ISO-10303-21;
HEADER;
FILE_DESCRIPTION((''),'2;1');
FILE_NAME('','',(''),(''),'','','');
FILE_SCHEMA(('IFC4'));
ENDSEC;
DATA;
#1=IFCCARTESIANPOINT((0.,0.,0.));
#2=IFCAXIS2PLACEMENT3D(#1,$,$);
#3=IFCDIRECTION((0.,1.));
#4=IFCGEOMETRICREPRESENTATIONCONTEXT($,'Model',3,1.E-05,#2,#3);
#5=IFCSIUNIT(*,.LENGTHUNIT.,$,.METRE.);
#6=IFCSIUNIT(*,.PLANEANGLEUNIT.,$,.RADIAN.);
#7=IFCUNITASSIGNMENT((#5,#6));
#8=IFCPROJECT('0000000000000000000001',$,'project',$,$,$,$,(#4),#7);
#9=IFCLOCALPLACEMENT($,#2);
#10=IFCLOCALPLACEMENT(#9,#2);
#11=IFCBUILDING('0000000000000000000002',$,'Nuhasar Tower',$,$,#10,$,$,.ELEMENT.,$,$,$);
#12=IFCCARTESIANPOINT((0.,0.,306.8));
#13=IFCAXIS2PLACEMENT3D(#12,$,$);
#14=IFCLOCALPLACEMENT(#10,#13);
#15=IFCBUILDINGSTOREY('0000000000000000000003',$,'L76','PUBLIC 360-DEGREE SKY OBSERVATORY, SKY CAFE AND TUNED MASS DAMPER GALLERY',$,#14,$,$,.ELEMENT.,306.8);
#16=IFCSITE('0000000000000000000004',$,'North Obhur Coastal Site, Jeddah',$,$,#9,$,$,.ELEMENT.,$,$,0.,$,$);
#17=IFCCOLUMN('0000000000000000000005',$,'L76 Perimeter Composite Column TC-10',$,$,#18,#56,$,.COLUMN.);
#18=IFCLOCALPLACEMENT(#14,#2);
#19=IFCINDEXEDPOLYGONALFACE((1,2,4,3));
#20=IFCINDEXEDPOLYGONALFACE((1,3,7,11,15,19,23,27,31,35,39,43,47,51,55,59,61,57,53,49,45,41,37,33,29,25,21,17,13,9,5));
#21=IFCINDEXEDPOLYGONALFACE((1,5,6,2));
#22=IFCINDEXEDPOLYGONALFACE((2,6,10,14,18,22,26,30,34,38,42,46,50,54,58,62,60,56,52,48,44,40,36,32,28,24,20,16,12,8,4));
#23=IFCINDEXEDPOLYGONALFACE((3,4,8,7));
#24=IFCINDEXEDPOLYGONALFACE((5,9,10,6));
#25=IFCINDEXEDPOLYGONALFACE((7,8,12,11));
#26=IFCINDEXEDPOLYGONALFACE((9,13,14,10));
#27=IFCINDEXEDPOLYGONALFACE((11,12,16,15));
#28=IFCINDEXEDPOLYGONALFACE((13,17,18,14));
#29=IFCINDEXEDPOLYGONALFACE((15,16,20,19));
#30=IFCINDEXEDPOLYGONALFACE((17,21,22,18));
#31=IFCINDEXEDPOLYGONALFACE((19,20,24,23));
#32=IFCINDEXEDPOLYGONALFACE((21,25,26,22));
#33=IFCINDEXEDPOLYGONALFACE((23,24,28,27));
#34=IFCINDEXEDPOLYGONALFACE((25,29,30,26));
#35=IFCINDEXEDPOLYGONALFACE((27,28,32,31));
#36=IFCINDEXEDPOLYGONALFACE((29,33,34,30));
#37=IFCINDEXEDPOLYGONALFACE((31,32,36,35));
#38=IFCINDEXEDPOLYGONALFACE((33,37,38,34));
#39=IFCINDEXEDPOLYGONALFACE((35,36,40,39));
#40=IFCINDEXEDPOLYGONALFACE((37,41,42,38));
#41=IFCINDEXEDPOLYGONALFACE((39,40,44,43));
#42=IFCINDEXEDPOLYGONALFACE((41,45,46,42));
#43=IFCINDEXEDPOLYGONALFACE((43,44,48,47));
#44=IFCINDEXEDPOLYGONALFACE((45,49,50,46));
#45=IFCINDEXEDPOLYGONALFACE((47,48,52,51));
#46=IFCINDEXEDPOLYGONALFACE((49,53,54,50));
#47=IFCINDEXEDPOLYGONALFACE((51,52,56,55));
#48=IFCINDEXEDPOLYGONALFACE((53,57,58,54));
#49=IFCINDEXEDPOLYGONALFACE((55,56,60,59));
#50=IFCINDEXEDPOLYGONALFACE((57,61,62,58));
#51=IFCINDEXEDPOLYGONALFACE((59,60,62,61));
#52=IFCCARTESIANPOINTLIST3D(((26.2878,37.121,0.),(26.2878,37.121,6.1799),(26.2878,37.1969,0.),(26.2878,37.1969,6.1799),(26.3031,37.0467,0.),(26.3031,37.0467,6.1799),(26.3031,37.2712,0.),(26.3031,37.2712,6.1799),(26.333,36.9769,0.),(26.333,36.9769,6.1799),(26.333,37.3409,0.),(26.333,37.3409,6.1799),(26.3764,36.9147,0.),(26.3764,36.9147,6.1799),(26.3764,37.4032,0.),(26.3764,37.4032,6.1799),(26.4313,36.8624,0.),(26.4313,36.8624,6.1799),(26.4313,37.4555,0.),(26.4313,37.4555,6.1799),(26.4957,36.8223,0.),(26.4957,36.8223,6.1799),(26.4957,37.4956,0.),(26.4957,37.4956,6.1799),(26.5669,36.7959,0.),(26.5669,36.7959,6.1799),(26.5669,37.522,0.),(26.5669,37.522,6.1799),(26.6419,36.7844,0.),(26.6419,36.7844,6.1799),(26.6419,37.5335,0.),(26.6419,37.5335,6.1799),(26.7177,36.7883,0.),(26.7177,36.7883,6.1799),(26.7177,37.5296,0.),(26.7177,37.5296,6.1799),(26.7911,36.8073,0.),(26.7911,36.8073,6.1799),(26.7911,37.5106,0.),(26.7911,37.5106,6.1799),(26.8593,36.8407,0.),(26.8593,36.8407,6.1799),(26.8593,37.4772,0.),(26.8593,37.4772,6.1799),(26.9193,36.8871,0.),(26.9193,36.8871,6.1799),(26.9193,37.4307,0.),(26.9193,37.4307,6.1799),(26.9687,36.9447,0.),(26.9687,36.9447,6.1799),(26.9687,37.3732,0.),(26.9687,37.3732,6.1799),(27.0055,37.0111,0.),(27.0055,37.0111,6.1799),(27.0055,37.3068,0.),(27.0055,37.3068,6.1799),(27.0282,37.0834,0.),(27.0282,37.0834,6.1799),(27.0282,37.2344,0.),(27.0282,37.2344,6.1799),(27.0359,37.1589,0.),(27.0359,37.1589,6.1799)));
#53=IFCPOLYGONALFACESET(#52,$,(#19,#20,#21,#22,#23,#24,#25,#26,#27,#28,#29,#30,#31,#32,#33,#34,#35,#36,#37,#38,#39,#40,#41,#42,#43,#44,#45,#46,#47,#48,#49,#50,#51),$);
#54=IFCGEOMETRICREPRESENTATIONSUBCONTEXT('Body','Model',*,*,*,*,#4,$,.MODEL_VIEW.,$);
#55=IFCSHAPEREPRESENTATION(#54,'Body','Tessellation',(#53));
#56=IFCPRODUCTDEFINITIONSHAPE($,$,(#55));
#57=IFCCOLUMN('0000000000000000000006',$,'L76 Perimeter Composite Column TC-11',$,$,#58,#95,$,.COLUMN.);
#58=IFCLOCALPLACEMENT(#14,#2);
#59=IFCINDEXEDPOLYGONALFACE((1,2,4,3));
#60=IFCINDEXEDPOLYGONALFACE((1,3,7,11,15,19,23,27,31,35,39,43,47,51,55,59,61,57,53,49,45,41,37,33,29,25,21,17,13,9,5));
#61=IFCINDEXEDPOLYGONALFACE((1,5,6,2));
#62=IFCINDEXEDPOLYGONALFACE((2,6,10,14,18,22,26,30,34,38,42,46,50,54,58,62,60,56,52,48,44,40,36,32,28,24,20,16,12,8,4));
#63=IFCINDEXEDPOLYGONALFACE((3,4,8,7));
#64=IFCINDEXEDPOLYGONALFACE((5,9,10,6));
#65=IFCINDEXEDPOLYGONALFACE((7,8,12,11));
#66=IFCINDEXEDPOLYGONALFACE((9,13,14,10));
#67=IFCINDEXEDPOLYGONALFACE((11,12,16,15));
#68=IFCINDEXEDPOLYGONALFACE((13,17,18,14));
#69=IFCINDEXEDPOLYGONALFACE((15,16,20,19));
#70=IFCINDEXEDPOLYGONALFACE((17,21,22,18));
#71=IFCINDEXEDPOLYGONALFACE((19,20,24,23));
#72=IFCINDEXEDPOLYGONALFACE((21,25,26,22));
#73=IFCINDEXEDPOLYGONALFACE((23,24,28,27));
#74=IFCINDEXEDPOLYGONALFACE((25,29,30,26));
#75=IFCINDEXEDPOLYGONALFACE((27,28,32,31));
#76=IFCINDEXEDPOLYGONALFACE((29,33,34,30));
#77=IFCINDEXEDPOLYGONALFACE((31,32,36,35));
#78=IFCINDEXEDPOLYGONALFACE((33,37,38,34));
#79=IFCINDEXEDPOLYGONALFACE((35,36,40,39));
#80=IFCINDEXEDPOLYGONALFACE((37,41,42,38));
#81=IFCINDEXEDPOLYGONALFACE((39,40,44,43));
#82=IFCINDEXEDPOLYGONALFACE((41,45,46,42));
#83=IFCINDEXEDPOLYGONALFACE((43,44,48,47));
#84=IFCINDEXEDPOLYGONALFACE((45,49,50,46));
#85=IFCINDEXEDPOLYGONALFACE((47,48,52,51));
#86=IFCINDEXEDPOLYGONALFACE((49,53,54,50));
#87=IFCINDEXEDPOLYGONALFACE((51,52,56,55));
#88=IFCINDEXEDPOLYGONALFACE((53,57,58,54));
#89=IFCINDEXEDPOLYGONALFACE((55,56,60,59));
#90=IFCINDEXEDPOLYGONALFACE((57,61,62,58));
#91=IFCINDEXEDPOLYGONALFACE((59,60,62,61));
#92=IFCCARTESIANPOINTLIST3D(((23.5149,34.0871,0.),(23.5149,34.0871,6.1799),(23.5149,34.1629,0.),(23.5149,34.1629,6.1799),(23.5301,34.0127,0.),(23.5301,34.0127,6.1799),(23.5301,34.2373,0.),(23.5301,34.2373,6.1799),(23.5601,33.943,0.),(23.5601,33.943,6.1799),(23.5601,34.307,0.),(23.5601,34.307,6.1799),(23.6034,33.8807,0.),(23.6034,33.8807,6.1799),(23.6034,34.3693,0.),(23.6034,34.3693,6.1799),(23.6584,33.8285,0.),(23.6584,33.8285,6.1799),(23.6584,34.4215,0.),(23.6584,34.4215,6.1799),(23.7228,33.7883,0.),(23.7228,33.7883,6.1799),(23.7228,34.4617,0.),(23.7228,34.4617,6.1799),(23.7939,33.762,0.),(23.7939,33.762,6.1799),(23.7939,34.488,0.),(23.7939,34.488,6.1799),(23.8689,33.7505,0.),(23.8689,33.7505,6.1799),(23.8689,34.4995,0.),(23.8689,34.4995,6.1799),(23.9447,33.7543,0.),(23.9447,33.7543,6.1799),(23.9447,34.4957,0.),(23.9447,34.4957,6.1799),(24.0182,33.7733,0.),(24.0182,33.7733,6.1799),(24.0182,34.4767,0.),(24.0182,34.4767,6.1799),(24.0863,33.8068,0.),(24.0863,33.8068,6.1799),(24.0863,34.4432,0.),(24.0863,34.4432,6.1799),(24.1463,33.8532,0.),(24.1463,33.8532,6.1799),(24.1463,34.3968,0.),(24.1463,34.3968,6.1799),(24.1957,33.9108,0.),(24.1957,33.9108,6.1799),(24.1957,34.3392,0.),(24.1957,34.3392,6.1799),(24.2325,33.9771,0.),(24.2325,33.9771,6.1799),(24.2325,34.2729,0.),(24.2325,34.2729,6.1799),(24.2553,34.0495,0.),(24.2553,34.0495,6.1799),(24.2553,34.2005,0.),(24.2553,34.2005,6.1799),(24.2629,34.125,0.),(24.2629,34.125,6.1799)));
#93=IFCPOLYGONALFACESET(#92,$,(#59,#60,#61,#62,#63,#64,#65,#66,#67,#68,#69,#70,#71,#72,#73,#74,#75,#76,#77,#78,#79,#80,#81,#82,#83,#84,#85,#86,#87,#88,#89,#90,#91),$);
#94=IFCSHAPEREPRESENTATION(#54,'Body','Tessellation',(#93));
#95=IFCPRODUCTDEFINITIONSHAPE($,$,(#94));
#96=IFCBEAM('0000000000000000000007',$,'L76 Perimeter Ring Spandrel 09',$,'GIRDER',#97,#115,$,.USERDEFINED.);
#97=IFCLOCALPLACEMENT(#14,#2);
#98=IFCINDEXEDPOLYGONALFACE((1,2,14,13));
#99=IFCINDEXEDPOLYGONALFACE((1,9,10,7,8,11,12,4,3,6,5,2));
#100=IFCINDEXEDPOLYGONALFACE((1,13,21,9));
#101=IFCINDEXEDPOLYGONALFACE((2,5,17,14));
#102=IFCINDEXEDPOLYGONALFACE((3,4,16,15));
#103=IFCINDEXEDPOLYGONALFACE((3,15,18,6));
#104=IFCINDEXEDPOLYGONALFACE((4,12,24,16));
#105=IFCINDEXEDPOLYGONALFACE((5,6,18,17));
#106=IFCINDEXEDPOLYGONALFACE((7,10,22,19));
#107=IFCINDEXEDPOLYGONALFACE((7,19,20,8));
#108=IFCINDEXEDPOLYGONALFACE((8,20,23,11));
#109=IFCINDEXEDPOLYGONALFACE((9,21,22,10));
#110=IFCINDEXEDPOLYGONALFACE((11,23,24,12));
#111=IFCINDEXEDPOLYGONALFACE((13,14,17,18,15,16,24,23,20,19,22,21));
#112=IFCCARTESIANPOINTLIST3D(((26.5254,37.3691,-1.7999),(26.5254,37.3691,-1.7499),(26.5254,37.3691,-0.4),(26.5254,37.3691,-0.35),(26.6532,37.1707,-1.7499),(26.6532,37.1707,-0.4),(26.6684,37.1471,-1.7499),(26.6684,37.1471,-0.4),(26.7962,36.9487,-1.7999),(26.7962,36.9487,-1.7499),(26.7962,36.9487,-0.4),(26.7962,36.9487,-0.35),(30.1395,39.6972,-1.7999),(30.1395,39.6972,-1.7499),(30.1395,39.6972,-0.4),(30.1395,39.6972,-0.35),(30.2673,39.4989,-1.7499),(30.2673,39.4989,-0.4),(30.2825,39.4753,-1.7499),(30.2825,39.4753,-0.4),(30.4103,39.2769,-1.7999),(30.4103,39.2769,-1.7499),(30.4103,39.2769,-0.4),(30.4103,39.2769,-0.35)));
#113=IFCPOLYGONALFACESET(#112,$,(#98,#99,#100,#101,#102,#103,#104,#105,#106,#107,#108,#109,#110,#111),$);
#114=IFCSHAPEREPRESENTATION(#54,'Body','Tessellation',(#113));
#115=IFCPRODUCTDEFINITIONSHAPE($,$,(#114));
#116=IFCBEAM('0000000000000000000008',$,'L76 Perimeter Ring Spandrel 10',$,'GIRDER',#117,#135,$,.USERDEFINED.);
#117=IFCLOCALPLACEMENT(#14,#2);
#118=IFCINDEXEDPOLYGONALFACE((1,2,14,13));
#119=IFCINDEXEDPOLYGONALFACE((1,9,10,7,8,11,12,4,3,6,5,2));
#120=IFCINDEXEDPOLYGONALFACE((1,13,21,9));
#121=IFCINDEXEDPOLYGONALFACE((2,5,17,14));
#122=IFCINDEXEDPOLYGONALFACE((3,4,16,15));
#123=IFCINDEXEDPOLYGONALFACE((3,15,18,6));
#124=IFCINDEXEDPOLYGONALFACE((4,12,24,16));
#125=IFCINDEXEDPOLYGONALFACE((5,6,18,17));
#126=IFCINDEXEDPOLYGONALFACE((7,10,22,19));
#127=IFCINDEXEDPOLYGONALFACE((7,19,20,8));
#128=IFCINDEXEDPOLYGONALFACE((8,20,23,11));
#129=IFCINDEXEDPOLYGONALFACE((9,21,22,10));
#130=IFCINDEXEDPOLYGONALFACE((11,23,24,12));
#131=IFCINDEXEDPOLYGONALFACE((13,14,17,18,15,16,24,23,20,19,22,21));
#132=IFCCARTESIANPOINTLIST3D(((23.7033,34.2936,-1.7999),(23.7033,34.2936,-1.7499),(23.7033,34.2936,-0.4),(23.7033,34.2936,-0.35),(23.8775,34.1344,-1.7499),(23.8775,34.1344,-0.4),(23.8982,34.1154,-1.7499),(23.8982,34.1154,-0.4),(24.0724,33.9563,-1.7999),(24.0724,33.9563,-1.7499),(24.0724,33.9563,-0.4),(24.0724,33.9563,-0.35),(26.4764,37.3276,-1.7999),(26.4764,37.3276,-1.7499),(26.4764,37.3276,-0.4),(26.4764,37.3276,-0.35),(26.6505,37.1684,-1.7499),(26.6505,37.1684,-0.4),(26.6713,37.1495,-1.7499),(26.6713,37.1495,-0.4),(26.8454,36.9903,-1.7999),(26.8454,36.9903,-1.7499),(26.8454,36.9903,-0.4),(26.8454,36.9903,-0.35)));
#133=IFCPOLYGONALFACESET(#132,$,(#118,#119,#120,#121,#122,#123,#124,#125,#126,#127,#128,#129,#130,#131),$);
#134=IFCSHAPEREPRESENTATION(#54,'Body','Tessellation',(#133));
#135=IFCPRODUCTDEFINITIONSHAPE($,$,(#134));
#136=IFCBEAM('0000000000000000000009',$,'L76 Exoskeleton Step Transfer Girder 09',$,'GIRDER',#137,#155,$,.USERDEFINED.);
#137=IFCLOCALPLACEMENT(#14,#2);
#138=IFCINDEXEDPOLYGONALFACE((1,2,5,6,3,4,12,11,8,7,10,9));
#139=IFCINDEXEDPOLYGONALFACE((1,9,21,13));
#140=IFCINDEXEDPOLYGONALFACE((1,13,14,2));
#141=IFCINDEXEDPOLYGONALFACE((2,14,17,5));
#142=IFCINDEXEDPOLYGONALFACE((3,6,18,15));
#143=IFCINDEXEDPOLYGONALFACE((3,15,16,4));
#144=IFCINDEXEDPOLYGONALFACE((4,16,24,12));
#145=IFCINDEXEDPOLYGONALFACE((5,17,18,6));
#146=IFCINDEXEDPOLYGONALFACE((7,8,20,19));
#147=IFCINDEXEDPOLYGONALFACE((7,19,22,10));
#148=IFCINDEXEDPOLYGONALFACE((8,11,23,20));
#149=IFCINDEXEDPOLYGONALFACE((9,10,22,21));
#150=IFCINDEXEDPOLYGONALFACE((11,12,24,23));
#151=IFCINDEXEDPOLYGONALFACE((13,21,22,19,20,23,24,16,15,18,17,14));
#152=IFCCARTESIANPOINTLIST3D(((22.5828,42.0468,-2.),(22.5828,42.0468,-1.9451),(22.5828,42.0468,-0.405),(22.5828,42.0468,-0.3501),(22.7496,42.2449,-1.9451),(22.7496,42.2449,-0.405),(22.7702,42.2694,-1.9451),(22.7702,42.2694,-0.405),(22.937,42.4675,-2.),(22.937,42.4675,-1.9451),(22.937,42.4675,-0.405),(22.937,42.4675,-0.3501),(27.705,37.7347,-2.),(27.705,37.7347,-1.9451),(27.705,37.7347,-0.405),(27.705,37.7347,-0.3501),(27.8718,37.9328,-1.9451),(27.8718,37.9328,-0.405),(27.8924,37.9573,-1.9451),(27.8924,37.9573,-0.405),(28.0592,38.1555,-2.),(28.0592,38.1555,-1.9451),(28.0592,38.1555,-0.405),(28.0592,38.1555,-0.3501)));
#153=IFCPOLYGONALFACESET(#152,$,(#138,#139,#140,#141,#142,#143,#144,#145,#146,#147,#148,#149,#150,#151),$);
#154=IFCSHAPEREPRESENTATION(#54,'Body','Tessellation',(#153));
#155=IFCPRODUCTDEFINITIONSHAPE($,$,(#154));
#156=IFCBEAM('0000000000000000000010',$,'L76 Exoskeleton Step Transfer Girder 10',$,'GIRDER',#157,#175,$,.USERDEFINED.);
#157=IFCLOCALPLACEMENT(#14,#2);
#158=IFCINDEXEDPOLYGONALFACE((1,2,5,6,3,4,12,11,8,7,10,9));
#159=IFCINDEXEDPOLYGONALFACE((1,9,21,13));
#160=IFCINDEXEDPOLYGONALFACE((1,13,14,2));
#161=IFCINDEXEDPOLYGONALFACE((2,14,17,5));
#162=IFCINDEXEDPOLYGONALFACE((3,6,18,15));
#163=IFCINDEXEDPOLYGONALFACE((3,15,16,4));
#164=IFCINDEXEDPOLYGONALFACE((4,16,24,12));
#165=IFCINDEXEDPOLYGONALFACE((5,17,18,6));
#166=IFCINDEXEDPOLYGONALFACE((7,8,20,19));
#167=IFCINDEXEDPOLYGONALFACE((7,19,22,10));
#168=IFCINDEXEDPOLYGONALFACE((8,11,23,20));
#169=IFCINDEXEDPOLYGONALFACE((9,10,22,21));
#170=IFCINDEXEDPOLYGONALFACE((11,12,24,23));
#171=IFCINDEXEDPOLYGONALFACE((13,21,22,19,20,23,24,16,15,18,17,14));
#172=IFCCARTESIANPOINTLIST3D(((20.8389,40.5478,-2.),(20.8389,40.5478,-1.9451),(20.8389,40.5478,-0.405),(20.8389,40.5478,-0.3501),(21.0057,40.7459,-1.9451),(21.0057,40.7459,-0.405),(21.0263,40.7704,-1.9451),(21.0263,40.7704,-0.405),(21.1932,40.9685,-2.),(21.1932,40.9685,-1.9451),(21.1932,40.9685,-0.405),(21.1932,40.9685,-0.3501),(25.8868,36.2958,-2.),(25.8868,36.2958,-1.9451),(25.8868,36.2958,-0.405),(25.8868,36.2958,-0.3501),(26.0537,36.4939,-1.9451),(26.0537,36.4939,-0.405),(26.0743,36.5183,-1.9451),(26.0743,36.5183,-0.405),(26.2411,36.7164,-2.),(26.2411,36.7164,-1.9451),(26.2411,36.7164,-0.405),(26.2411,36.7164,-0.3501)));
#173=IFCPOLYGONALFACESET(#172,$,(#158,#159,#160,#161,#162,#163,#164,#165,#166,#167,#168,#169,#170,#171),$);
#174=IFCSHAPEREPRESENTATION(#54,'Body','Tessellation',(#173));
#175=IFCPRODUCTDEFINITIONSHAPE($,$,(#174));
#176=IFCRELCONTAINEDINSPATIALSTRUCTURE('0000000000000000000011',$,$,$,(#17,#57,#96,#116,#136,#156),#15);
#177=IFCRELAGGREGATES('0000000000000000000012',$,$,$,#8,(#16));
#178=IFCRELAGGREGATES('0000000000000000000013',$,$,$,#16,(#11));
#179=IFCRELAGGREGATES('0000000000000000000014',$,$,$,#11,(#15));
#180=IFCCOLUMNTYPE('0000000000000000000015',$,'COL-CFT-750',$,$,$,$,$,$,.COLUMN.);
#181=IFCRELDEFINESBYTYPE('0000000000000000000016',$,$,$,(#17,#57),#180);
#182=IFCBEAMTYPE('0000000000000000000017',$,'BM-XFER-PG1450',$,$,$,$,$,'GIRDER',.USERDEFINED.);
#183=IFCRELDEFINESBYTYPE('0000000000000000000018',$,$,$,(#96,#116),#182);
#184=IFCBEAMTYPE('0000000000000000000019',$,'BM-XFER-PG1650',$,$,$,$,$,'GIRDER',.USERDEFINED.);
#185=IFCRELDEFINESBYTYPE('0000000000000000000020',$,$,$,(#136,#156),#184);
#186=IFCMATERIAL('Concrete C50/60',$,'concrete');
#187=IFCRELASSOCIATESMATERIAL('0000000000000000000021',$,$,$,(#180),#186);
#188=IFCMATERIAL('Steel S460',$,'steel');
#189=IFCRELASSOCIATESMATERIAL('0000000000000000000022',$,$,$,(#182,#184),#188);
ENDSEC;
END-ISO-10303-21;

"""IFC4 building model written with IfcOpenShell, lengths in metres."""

from ifc_helpers import new_model, si_unit, direction, frame, origin, origin_2d, place, context, subcontext, project, spatial, circle, i_section, extrude, material, material_profile, profile_set, type_object, element, save


model = new_model("IFC4")

# Units and contexts
model_context = context("Model", 3, precision=1e-05, world=origin(), true_north=direction((0.0, 1.0)))
body_context = subcontext(model_context, "Body", "Model", "MODEL_VIEW")
ifc_project = project(units=[si_unit("LENGTHUNIT", "METRE"), si_unit("PLANEANGLEUNIT", "RADIAN")], contexts=[model_context])

# Site, building, storey
site_placement = place(None, origin())
site = spatial("IfcSite", under=ifc_project, at=site_placement, Name="North Obhur Coastal Site, Jeddah", CompositionType="ELEMENT", RefElevation=0.0)
building_placement = place(site_placement, origin())
building = spatial("IfcBuilding", under=site, at=building_placement, Name="Nuhasar Tower", CompositionType="ELEMENT")
storey_placement = place(building_placement, frame((0.0, 0.0, 306.8)))
storey = spatial("IfcBuildingStorey", under=building, at=storey_placement, Name="L76", Description="PUBLIC 360-DEGREE SKY OBSERVATORY, SKY CAFE AND TUNED MASS DAMPER GALLERY", CompositionType="ELEMENT", Elevation=306.8)

# Columns
ifc_material_1 = material(Name="Concrete C50/60", Category="concrete")
ifc_material_profile_1 = material_profile(ifc_material_1, circle(Radius=0.375, at=origin_2d()), Name="CFT750")
ifc_profile_set_1 = profile_set([ifc_material_profile_1], Name="Concrete C50/60")
column_type = type_object("IfcColumnType", Name="COL-CFT-750", PredefinedType="COLUMN", material=ifc_profile_set_1)
for number, where, z_axis, x_axis, name in (
    (1, (26.6609, 37.1589, 0.0), (0.0, 0.0, 1.0), (1.0, 0.0, 0.0), "L76 Perimeter Composite Column TC-10"),
    (2, (23.8879, 34.125, 0.0), (0.0, 0.0, 1.0), (1.0, 0.0, 0.0), "L76 Perimeter Composite Column TC-11"),
):
    element("IfcColumn", number, at=place(storey_placement, frame(where, z_axis=z_axis, x_axis=x_axis)), inside=storey, type_object=column_type, Name=name, PredefinedType="COLUMN", context=body_context, shape_type="SweptSolid", body=[
        extrude(circle(Radius=0.375, at=origin_2d()), origin(), (0.0, 0.0, 1.0), 6.1799),
    ])

# Beams
ifc_material_2 = material(Name="Steel S460", Category="steel")
ifc_material_profile_2 = material_profile(ifc_material_2, i_section(OverallWidth=0.5, OverallDepth=1.45, WebThickness=0.0281, FlangeThickness=0.05, at=origin_2d()), Name="PG1450X500")
ifc_profile_set_2 = profile_set([ifc_material_profile_2], Name="Steel S460")
beam_type_1 = type_object("IfcBeamType", Name="BM-XFER-PG1450", ElementType="GIRDER", PredefinedType="USERDEFINED", material=ifc_profile_set_2)
beam_1_placement = place(storey_placement, frame((30.2749, 39.4871, -1.075), z_axis=(-0.840667, -0.541552, 0.0), x_axis=(0.541552, -0.840667, 0.0)))
element("IfcBeam", 3, at=beam_1_placement, inside=storey, type_object=beam_type_1, Name="L76 Perimeter Ring Spandrel 09", ObjectType="GIRDER", PredefinedType="USERDEFINED", context=body_context, shape_type="SweptSolid", body=[
    extrude(i_section(OverallWidth=0.5, OverallDepth=1.45, WebThickness=0.0281, FlangeThickness=0.05, at=origin_2d()), origin(), (0.0, 0.0, 1.0), 4.2991),
])
beam_2_placement = place(storey_placement, frame((26.6609, 37.1589, -1.075), z_axis=(-0.674645, -0.738142, 0.0), x_axis=(0.738142, -0.674645, 0.0)))
element("IfcBeam", 4, at=beam_2_placement, inside=storey, type_object=beam_type_1, Name="L76 Perimeter Ring Spandrel 10", ObjectType="GIRDER", PredefinedType="USERDEFINED", context=body_context, shape_type="SweptSolid", body=[
    extrude(i_section(OverallWidth=0.5, OverallDepth=1.45, WebThickness=0.0281, FlangeThickness=0.05, at=origin_2d()), origin(), (0.0, 0.0, 1.0), 4.1104),
])
ifc_material_profile_3 = material_profile(ifc_material_2, i_section(OverallWidth=0.55, OverallDepth=1.6499, WebThickness=0.032, FlangeThickness=0.0549, at=origin_2d()), Name="PG1650X550")
ifc_profile_set_3 = profile_set([ifc_material_profile_3], Name="Steel S460")
beam_type_2 = type_object("IfcBeamType", Name="BM-XFER-PG1650", ElementType="GIRDER", PredefinedType="USERDEFINED", material=ifc_profile_set_3)
beam_3_placement = place(storey_placement, frame((27.8821, 37.9451, -1.175), z_axis=(-0.765008, 0.644021, 0.0), x_axis=(-0.644021, -0.765008, 0.0)))
element("IfcBeam", 5, at=beam_3_placement, inside=storey, type_object=beam_type_2, Name="L76 Exoskeleton Step Transfer Girder 09", ObjectType="GIRDER", PredefinedType="USERDEFINED", context=body_context, shape_type="SweptSolid", body=[
    extrude(i_section(OverallWidth=0.55, OverallDepth=1.6499, WebThickness=0.032, FlangeThickness=0.0549, at=origin_2d()), origin(), (0.0, 0.0, 1.0), 6.6956),
])
beam_4_placement = place(storey_placement, frame((26.064, 36.5061, -1.175), z_axis=(-0.764827, 0.644236, 0.0), x_axis=(-0.644236, -0.764827, 0.0)))
element("IfcBeam", 6, at=beam_4_placement, inside=storey, type_object=beam_type_2, Name="L76 Exoskeleton Step Transfer Girder 10", ObjectType="GIRDER", PredefinedType="USERDEFINED", context=body_context, shape_type="SweptSolid", body=[
    extrude(i_section(OverallWidth=0.55, OverallDepth=1.6499, WebThickness=0.032, FlangeThickness=0.0549, at=origin_2d()), origin(), (0.0, 0.0, 1.0), 6.6001),
])

save(model, "model.ifc")
